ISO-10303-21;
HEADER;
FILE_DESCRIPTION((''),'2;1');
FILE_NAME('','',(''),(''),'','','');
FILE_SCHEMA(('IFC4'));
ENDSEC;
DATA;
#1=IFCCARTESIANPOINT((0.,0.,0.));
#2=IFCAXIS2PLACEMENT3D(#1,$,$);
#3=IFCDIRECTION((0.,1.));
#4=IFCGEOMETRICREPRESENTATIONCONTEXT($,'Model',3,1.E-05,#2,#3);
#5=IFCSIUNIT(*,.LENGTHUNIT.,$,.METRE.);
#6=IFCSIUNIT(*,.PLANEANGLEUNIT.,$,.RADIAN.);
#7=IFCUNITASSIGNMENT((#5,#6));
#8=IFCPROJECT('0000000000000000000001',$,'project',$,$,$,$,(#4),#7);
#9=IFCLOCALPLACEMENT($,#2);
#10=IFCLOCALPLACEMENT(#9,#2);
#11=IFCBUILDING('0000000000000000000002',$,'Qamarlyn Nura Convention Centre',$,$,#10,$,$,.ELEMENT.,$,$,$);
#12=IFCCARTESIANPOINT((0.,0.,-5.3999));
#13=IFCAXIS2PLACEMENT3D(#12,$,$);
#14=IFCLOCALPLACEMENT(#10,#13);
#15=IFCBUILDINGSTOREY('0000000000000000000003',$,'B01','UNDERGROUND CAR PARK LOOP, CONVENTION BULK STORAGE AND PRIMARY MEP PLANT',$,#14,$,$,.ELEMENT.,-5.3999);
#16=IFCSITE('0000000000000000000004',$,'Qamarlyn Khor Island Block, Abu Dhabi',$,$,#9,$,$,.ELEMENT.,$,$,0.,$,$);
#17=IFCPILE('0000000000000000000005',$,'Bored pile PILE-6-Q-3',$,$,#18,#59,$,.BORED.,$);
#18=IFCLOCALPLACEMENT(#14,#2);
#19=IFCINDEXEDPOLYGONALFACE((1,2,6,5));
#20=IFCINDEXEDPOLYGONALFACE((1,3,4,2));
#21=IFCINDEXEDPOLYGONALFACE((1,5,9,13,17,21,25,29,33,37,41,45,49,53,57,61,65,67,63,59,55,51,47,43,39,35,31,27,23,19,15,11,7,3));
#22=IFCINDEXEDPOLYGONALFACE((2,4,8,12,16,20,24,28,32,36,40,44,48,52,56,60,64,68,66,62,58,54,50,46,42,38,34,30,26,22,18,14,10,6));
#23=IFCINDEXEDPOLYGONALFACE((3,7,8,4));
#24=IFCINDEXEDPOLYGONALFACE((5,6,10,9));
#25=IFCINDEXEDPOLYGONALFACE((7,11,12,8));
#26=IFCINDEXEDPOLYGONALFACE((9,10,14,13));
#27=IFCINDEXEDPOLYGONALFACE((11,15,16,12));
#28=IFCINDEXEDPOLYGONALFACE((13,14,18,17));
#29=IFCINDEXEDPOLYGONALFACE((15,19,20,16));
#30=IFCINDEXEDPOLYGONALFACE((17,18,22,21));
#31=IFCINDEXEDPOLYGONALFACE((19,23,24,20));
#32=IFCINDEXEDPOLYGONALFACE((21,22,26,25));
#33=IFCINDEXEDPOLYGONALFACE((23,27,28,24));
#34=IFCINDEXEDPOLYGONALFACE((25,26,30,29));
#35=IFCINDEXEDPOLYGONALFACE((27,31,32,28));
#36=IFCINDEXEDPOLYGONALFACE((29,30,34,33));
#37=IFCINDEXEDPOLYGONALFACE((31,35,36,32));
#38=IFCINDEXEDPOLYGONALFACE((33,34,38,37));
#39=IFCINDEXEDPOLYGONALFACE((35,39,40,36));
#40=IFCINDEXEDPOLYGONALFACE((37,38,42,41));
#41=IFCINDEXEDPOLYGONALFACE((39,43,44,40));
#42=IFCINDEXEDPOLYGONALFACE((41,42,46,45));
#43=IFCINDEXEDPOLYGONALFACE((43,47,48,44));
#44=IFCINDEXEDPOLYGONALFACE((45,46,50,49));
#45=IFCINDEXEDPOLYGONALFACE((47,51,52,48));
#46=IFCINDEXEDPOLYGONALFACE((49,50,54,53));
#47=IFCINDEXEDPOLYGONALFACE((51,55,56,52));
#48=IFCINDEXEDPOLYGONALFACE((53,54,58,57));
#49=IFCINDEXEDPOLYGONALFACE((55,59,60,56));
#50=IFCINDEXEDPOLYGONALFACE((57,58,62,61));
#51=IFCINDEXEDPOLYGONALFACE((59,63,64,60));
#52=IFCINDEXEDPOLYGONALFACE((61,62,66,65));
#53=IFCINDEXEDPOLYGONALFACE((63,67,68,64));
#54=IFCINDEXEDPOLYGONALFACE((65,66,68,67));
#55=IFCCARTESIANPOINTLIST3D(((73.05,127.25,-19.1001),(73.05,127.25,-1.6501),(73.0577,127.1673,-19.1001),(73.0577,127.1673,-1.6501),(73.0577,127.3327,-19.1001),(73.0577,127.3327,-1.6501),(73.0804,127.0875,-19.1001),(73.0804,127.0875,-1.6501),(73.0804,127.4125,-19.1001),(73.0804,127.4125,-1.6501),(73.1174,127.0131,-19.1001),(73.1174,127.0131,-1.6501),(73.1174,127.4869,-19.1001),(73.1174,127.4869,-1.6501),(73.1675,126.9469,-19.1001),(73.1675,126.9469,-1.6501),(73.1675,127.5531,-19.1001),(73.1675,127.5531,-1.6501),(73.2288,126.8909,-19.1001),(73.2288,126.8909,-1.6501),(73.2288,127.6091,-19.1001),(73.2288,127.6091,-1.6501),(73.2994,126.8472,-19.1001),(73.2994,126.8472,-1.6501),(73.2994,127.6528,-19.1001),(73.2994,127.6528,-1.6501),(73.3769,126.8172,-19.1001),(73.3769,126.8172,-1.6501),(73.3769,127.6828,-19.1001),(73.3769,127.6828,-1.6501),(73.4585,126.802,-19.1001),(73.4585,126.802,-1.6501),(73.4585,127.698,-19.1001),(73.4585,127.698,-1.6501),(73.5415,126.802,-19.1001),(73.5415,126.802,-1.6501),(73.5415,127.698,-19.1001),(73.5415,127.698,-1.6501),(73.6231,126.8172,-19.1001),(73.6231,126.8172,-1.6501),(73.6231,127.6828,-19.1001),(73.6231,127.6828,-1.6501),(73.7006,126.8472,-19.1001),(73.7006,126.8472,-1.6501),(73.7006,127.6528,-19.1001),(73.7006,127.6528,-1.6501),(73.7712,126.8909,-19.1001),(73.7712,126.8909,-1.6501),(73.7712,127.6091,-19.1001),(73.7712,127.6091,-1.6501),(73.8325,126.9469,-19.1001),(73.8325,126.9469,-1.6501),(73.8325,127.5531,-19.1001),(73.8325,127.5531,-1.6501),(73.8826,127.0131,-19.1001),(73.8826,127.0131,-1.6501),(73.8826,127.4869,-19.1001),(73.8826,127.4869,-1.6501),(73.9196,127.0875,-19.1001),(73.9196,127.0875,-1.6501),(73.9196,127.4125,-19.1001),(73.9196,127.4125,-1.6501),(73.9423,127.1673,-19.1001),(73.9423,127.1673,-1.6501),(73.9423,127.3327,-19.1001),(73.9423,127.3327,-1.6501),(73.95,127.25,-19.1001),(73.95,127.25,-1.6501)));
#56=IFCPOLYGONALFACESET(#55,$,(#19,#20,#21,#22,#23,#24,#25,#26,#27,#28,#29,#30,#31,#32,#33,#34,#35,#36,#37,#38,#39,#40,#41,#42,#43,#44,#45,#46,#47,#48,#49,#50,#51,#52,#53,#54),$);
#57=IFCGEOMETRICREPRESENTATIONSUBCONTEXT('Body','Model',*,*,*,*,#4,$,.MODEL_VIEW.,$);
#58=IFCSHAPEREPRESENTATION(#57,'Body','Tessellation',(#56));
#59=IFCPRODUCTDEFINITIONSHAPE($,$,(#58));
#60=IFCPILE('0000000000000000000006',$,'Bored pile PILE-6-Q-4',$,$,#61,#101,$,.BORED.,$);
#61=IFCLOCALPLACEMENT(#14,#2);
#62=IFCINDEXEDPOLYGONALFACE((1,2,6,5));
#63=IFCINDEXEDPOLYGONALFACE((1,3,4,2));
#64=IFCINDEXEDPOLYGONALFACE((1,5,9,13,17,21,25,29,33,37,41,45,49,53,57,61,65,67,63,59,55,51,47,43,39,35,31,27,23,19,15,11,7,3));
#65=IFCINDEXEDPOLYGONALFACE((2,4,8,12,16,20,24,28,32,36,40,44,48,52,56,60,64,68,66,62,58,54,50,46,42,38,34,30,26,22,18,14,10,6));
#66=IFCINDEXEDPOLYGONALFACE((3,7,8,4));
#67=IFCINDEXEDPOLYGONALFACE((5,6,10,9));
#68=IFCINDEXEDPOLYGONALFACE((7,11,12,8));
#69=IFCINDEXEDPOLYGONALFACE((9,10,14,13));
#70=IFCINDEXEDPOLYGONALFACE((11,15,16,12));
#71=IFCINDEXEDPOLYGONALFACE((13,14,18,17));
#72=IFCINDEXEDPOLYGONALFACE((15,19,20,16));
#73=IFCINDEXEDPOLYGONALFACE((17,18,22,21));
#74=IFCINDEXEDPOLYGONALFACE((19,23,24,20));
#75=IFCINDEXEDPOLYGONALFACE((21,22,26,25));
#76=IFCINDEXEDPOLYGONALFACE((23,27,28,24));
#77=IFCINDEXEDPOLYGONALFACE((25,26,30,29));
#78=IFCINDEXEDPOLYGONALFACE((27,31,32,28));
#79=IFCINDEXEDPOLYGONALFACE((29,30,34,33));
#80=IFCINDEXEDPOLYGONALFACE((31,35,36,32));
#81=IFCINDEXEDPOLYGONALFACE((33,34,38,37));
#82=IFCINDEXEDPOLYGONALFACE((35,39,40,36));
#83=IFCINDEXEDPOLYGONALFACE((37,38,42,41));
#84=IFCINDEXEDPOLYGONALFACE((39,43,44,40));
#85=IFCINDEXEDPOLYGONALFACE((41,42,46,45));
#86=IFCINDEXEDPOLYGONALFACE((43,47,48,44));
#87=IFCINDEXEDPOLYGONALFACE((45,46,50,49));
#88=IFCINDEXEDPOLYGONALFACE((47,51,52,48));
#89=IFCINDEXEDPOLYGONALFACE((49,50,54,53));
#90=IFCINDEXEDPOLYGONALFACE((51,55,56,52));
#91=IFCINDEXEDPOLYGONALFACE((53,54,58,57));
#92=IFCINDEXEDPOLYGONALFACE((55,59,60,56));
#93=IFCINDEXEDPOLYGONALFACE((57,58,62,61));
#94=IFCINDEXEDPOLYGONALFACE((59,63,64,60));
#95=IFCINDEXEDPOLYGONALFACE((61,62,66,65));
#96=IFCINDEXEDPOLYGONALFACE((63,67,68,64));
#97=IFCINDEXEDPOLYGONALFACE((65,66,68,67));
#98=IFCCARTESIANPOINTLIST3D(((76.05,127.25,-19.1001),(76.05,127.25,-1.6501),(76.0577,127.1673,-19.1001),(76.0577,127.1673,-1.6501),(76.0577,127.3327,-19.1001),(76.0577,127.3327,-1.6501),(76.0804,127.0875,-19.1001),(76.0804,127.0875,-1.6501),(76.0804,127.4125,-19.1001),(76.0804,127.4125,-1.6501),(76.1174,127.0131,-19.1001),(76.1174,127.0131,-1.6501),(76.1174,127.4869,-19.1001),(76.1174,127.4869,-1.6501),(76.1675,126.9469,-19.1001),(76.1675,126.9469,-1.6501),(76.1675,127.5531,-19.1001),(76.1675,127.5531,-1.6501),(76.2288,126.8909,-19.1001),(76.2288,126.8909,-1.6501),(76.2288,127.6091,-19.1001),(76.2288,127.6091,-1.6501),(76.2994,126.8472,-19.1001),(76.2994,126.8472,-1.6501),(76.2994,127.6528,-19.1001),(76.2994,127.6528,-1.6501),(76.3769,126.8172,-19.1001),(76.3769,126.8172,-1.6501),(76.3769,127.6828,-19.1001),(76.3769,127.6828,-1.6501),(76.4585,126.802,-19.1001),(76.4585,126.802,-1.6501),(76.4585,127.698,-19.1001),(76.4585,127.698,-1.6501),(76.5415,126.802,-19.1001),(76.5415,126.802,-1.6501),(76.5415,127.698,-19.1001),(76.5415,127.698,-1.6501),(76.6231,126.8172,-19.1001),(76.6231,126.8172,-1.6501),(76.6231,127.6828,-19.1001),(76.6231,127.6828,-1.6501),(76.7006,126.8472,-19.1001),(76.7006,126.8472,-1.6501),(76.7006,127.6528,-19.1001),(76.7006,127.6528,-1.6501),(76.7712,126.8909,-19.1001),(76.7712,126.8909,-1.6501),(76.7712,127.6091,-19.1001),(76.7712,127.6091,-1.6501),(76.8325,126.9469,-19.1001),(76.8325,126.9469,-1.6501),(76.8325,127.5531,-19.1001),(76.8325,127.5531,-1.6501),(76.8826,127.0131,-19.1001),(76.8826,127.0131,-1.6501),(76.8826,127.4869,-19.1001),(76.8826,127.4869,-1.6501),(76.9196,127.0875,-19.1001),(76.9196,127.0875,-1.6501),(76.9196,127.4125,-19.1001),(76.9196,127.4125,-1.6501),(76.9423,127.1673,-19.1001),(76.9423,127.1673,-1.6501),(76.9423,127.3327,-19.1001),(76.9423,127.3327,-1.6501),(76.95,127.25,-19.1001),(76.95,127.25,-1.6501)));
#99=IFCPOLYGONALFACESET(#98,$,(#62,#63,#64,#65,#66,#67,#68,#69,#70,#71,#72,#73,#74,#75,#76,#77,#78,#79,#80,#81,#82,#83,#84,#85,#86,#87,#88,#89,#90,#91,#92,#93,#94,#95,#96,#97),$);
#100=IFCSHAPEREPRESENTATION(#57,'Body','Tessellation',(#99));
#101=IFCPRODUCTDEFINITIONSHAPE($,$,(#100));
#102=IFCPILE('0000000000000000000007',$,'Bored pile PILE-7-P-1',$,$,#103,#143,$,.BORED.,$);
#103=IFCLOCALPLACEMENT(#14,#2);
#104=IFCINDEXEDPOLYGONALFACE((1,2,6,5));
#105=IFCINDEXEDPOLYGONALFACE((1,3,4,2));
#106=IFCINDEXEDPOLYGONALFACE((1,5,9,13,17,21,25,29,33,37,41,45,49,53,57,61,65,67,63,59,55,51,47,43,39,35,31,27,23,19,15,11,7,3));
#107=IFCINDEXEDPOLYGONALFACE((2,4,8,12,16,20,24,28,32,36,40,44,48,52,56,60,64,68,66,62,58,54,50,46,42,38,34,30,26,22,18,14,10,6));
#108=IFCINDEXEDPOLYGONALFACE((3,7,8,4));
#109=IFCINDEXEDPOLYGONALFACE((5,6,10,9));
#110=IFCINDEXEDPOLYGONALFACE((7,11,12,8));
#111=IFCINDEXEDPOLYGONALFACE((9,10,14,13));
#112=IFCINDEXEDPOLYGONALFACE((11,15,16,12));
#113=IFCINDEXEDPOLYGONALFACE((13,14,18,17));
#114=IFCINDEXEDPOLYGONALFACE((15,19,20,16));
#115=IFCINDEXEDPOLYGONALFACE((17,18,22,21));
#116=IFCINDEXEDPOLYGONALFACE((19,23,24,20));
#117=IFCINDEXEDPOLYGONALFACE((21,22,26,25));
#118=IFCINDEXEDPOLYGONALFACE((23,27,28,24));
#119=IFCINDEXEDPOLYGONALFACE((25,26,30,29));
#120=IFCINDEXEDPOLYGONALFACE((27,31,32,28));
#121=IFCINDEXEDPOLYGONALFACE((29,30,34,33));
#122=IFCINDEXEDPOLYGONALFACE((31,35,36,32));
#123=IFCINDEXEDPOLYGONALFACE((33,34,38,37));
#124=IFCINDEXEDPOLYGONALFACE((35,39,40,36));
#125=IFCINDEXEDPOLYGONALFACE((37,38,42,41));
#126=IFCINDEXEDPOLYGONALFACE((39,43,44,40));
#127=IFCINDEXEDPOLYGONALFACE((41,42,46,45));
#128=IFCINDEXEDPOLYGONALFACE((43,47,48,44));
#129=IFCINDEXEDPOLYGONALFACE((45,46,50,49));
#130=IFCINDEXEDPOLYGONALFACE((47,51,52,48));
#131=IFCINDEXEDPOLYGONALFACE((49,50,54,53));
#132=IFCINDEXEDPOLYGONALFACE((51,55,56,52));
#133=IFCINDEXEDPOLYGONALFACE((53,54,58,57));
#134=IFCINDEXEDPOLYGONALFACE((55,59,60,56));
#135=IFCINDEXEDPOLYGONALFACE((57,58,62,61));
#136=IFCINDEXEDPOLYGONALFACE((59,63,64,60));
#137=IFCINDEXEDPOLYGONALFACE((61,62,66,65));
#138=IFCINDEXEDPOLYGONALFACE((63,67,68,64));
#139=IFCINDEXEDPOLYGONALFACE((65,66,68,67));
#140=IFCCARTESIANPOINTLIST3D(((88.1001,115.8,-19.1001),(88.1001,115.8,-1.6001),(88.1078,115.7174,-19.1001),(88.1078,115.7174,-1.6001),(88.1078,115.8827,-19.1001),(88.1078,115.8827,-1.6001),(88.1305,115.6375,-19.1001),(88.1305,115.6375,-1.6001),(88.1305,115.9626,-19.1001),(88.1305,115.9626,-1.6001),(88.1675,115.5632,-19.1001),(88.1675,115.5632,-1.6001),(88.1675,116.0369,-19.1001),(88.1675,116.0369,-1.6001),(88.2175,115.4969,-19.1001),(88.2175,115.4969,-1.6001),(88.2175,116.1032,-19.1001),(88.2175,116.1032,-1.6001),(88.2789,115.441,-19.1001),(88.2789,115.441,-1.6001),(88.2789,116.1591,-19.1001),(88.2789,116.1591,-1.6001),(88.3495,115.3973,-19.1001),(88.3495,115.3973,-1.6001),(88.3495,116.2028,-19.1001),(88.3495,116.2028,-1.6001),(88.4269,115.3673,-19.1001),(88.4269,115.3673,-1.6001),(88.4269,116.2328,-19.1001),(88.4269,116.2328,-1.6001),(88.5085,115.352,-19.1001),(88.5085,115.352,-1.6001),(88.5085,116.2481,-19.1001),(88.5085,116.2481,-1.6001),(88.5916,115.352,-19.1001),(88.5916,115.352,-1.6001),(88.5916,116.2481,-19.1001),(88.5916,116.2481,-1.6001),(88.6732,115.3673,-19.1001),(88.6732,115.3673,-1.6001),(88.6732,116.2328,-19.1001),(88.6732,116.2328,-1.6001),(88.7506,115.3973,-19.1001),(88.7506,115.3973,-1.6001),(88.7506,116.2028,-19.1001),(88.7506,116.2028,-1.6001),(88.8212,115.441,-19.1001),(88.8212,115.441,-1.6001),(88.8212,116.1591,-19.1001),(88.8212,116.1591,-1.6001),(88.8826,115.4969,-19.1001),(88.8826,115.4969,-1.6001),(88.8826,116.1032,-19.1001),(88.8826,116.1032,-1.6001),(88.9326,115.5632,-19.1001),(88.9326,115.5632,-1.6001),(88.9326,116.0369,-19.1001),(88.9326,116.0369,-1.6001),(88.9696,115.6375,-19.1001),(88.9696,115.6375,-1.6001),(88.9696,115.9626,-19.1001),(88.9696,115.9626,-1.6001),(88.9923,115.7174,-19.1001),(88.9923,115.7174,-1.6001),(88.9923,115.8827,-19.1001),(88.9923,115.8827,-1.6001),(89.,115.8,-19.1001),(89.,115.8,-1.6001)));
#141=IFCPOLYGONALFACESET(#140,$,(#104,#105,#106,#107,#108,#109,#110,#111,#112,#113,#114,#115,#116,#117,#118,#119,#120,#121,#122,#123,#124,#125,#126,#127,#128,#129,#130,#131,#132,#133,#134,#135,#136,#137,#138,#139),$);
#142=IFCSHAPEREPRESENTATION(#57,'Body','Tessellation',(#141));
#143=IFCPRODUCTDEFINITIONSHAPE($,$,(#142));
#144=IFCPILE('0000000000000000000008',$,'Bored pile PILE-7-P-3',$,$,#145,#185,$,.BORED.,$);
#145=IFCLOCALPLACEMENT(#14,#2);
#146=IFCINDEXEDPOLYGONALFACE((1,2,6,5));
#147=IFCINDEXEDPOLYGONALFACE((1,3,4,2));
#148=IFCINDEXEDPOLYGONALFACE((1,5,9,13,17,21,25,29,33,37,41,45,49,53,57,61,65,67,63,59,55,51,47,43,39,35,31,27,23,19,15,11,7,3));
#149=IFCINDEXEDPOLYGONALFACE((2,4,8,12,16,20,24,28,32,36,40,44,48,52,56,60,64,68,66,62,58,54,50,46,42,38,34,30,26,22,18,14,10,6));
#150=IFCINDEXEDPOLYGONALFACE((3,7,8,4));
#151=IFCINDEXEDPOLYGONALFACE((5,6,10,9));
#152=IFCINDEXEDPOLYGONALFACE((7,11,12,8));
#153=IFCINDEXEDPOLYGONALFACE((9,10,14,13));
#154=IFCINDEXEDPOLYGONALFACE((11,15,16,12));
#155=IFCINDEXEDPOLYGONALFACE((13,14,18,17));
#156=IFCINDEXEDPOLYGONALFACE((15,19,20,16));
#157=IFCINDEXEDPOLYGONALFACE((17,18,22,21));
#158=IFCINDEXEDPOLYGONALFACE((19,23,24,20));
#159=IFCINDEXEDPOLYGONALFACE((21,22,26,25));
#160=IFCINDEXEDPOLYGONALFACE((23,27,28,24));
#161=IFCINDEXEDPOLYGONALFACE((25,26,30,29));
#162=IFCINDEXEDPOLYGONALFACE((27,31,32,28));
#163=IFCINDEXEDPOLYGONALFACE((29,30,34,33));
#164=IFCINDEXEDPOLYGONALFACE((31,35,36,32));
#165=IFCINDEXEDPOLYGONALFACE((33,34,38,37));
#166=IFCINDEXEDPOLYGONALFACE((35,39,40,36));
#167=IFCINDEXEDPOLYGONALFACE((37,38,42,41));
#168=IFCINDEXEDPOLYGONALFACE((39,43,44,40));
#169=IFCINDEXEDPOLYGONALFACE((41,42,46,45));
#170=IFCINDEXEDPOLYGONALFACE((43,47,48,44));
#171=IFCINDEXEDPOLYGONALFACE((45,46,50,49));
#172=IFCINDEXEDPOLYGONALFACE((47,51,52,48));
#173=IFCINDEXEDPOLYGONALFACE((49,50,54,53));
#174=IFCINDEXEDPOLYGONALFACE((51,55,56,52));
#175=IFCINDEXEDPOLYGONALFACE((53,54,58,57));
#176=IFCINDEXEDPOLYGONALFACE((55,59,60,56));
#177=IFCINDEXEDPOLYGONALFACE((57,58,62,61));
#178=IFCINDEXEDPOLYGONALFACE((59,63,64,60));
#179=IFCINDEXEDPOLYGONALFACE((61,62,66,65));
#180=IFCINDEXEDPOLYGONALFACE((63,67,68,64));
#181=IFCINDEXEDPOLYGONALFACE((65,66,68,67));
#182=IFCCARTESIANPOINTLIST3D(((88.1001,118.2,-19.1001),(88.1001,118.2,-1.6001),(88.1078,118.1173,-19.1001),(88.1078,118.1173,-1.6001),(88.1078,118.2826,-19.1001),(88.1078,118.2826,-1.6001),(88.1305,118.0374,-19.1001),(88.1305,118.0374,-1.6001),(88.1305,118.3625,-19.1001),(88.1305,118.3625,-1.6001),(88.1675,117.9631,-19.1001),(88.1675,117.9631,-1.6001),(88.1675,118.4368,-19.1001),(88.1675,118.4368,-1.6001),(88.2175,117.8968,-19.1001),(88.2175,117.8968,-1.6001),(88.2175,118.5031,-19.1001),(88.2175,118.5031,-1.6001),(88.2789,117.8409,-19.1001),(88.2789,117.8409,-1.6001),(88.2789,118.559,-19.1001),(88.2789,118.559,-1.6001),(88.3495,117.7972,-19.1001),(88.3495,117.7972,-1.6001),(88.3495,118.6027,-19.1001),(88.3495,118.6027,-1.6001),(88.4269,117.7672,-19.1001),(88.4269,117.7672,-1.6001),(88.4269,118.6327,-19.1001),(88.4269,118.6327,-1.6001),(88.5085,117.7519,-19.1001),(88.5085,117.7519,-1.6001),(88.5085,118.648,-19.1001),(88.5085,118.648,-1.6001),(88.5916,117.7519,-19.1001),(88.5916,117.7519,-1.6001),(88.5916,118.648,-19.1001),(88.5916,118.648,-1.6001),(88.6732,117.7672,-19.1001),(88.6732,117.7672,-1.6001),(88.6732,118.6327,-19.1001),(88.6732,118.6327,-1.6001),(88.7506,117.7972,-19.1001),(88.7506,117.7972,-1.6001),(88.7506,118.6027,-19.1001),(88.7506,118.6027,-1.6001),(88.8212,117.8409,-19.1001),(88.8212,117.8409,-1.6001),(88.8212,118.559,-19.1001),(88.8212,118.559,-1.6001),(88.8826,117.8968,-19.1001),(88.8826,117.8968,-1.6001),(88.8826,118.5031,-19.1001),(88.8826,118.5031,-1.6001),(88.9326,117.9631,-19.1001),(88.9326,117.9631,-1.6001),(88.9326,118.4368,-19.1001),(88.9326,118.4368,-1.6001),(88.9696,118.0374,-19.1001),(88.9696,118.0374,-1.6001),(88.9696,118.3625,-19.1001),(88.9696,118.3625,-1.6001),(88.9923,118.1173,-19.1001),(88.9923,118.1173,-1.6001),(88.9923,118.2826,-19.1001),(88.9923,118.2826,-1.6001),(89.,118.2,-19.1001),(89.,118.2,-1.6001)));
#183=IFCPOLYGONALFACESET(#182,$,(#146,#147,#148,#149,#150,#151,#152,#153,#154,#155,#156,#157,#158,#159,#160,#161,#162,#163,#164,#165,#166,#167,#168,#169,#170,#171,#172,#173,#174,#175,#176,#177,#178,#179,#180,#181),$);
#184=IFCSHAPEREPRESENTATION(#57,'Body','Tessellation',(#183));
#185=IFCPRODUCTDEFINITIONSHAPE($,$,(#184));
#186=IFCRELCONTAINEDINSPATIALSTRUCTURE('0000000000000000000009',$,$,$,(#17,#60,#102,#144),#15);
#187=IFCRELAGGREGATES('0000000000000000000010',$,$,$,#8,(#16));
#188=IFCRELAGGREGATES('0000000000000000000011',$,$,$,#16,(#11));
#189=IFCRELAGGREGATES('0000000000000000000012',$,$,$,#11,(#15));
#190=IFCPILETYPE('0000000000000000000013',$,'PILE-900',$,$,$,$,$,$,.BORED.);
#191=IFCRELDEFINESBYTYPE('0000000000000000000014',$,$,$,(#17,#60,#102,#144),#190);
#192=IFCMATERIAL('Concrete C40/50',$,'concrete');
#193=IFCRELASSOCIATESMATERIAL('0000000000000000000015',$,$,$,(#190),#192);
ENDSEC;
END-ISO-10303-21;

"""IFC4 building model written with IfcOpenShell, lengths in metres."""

from ifc_helpers import new_model, si_unit, direction, frame, origin, origin_2d, place, context, subcontext, project, spatial, circle, extrude, material, material_profile, profile_set, type_object, element, save


model = new_model("IFC4")

# Units and contexts
model_context = context("Model", 3, precision=1e-05, world=origin(), true_north=direction((0.0, 1.0)))
body_context = subcontext(model_context, "Body", "Model", "MODEL_VIEW")
ifc_project = project(units=[si_unit("LENGTHUNIT", "METRE"), si_unit("PLANEANGLEUNIT", "RADIAN")], contexts=[model_context])

# Site, building, storey
site_placement = place(None, origin())
site = spatial("IfcSite", under=ifc_project, at=site_placement, Name="Qamarlyn Khor Island Block, Abu Dhabi", CompositionType="ELEMENT", RefElevation=0.0)
building_placement = place(site_placement, origin())
building = spatial("IfcBuilding", under=site, at=building_placement, Name="Qamarlyn Nura Convention Centre", CompositionType="ELEMENT")
storey_placement = place(building_placement, frame((0.0, 0.0, -5.3999)))
storey = spatial("IfcBuildingStorey", under=building, at=storey_placement, Name="B01", Description="UNDERGROUND CAR PARK LOOP, CONVENTION BULK STORAGE AND PRIMARY MEP PLANT", CompositionType="ELEMENT", Elevation=-5.3999)

# Shared definitions
ifc_material_1 = material(Name="Concrete C40/50", Category="concrete")

# Piles
ifc_material_profile_1 = material_profile(ifc_material_1, circle(Radius=0.45, at=origin_2d()), Name="BORED PILE 900")
ifc_profile_set_1 = profile_set([ifc_material_profile_1], Name="Concrete C40/50")
pile_type = type_object("IfcPileType", Name="PILE-900", PredefinedType="BORED", material=ifc_profile_set_1)
for number, where, z_axis, x_axis, name in (
    (1, (73.5, 127.25, -1.6501), (0.0, 0.0, -1.0), (1.0, 0.0, 0.0), "Bored pile PILE-6-Q-3"),
    (2, (76.5, 127.25, -1.6501), (0.0, 0.0, -1.0), (1.0, 0.0, 0.0), "Bored pile PILE-6-Q-4"),
):
    element("IfcPile", number, at=place(storey_placement, frame(where, z_axis=z_axis, x_axis=x_axis)), inside=storey, type_object=pile_type, Name=name, PredefinedType="BORED", context=body_context, shape_type="SweptSolid", body=[
        extrude(circle(Radius=0.45, at=origin_2d()), origin(), (0.0, 0.0, 1.0), 17.45),
    ])
for number, where, z_axis, x_axis, name in (
    (3, (88.55, 115.8, -1.6001), (0.0, 0.0, -1.0), (1.0, 0.0, 0.0), "Bored pile PILE-7-P-1"),
    (4, (88.55, 118.2, -1.6001), (0.0, 0.0, -1.0), (1.0, 0.0, 0.0), "Bored pile PILE-7-P-3"),
):
    element("IfcPile", number, at=place(storey_placement, frame(where, z_axis=z_axis, x_axis=x_axis)), inside=storey, type_object=pile_type, Name=name, PredefinedType="BORED", context=body_context, shape_type="SweptSolid", body=[
        extrude(circle(Radius=0.45, at=origin_2d()), origin(), (0.0, 0.0, 1.0), 17.5),
    ])

save(model, "model.ifc")
